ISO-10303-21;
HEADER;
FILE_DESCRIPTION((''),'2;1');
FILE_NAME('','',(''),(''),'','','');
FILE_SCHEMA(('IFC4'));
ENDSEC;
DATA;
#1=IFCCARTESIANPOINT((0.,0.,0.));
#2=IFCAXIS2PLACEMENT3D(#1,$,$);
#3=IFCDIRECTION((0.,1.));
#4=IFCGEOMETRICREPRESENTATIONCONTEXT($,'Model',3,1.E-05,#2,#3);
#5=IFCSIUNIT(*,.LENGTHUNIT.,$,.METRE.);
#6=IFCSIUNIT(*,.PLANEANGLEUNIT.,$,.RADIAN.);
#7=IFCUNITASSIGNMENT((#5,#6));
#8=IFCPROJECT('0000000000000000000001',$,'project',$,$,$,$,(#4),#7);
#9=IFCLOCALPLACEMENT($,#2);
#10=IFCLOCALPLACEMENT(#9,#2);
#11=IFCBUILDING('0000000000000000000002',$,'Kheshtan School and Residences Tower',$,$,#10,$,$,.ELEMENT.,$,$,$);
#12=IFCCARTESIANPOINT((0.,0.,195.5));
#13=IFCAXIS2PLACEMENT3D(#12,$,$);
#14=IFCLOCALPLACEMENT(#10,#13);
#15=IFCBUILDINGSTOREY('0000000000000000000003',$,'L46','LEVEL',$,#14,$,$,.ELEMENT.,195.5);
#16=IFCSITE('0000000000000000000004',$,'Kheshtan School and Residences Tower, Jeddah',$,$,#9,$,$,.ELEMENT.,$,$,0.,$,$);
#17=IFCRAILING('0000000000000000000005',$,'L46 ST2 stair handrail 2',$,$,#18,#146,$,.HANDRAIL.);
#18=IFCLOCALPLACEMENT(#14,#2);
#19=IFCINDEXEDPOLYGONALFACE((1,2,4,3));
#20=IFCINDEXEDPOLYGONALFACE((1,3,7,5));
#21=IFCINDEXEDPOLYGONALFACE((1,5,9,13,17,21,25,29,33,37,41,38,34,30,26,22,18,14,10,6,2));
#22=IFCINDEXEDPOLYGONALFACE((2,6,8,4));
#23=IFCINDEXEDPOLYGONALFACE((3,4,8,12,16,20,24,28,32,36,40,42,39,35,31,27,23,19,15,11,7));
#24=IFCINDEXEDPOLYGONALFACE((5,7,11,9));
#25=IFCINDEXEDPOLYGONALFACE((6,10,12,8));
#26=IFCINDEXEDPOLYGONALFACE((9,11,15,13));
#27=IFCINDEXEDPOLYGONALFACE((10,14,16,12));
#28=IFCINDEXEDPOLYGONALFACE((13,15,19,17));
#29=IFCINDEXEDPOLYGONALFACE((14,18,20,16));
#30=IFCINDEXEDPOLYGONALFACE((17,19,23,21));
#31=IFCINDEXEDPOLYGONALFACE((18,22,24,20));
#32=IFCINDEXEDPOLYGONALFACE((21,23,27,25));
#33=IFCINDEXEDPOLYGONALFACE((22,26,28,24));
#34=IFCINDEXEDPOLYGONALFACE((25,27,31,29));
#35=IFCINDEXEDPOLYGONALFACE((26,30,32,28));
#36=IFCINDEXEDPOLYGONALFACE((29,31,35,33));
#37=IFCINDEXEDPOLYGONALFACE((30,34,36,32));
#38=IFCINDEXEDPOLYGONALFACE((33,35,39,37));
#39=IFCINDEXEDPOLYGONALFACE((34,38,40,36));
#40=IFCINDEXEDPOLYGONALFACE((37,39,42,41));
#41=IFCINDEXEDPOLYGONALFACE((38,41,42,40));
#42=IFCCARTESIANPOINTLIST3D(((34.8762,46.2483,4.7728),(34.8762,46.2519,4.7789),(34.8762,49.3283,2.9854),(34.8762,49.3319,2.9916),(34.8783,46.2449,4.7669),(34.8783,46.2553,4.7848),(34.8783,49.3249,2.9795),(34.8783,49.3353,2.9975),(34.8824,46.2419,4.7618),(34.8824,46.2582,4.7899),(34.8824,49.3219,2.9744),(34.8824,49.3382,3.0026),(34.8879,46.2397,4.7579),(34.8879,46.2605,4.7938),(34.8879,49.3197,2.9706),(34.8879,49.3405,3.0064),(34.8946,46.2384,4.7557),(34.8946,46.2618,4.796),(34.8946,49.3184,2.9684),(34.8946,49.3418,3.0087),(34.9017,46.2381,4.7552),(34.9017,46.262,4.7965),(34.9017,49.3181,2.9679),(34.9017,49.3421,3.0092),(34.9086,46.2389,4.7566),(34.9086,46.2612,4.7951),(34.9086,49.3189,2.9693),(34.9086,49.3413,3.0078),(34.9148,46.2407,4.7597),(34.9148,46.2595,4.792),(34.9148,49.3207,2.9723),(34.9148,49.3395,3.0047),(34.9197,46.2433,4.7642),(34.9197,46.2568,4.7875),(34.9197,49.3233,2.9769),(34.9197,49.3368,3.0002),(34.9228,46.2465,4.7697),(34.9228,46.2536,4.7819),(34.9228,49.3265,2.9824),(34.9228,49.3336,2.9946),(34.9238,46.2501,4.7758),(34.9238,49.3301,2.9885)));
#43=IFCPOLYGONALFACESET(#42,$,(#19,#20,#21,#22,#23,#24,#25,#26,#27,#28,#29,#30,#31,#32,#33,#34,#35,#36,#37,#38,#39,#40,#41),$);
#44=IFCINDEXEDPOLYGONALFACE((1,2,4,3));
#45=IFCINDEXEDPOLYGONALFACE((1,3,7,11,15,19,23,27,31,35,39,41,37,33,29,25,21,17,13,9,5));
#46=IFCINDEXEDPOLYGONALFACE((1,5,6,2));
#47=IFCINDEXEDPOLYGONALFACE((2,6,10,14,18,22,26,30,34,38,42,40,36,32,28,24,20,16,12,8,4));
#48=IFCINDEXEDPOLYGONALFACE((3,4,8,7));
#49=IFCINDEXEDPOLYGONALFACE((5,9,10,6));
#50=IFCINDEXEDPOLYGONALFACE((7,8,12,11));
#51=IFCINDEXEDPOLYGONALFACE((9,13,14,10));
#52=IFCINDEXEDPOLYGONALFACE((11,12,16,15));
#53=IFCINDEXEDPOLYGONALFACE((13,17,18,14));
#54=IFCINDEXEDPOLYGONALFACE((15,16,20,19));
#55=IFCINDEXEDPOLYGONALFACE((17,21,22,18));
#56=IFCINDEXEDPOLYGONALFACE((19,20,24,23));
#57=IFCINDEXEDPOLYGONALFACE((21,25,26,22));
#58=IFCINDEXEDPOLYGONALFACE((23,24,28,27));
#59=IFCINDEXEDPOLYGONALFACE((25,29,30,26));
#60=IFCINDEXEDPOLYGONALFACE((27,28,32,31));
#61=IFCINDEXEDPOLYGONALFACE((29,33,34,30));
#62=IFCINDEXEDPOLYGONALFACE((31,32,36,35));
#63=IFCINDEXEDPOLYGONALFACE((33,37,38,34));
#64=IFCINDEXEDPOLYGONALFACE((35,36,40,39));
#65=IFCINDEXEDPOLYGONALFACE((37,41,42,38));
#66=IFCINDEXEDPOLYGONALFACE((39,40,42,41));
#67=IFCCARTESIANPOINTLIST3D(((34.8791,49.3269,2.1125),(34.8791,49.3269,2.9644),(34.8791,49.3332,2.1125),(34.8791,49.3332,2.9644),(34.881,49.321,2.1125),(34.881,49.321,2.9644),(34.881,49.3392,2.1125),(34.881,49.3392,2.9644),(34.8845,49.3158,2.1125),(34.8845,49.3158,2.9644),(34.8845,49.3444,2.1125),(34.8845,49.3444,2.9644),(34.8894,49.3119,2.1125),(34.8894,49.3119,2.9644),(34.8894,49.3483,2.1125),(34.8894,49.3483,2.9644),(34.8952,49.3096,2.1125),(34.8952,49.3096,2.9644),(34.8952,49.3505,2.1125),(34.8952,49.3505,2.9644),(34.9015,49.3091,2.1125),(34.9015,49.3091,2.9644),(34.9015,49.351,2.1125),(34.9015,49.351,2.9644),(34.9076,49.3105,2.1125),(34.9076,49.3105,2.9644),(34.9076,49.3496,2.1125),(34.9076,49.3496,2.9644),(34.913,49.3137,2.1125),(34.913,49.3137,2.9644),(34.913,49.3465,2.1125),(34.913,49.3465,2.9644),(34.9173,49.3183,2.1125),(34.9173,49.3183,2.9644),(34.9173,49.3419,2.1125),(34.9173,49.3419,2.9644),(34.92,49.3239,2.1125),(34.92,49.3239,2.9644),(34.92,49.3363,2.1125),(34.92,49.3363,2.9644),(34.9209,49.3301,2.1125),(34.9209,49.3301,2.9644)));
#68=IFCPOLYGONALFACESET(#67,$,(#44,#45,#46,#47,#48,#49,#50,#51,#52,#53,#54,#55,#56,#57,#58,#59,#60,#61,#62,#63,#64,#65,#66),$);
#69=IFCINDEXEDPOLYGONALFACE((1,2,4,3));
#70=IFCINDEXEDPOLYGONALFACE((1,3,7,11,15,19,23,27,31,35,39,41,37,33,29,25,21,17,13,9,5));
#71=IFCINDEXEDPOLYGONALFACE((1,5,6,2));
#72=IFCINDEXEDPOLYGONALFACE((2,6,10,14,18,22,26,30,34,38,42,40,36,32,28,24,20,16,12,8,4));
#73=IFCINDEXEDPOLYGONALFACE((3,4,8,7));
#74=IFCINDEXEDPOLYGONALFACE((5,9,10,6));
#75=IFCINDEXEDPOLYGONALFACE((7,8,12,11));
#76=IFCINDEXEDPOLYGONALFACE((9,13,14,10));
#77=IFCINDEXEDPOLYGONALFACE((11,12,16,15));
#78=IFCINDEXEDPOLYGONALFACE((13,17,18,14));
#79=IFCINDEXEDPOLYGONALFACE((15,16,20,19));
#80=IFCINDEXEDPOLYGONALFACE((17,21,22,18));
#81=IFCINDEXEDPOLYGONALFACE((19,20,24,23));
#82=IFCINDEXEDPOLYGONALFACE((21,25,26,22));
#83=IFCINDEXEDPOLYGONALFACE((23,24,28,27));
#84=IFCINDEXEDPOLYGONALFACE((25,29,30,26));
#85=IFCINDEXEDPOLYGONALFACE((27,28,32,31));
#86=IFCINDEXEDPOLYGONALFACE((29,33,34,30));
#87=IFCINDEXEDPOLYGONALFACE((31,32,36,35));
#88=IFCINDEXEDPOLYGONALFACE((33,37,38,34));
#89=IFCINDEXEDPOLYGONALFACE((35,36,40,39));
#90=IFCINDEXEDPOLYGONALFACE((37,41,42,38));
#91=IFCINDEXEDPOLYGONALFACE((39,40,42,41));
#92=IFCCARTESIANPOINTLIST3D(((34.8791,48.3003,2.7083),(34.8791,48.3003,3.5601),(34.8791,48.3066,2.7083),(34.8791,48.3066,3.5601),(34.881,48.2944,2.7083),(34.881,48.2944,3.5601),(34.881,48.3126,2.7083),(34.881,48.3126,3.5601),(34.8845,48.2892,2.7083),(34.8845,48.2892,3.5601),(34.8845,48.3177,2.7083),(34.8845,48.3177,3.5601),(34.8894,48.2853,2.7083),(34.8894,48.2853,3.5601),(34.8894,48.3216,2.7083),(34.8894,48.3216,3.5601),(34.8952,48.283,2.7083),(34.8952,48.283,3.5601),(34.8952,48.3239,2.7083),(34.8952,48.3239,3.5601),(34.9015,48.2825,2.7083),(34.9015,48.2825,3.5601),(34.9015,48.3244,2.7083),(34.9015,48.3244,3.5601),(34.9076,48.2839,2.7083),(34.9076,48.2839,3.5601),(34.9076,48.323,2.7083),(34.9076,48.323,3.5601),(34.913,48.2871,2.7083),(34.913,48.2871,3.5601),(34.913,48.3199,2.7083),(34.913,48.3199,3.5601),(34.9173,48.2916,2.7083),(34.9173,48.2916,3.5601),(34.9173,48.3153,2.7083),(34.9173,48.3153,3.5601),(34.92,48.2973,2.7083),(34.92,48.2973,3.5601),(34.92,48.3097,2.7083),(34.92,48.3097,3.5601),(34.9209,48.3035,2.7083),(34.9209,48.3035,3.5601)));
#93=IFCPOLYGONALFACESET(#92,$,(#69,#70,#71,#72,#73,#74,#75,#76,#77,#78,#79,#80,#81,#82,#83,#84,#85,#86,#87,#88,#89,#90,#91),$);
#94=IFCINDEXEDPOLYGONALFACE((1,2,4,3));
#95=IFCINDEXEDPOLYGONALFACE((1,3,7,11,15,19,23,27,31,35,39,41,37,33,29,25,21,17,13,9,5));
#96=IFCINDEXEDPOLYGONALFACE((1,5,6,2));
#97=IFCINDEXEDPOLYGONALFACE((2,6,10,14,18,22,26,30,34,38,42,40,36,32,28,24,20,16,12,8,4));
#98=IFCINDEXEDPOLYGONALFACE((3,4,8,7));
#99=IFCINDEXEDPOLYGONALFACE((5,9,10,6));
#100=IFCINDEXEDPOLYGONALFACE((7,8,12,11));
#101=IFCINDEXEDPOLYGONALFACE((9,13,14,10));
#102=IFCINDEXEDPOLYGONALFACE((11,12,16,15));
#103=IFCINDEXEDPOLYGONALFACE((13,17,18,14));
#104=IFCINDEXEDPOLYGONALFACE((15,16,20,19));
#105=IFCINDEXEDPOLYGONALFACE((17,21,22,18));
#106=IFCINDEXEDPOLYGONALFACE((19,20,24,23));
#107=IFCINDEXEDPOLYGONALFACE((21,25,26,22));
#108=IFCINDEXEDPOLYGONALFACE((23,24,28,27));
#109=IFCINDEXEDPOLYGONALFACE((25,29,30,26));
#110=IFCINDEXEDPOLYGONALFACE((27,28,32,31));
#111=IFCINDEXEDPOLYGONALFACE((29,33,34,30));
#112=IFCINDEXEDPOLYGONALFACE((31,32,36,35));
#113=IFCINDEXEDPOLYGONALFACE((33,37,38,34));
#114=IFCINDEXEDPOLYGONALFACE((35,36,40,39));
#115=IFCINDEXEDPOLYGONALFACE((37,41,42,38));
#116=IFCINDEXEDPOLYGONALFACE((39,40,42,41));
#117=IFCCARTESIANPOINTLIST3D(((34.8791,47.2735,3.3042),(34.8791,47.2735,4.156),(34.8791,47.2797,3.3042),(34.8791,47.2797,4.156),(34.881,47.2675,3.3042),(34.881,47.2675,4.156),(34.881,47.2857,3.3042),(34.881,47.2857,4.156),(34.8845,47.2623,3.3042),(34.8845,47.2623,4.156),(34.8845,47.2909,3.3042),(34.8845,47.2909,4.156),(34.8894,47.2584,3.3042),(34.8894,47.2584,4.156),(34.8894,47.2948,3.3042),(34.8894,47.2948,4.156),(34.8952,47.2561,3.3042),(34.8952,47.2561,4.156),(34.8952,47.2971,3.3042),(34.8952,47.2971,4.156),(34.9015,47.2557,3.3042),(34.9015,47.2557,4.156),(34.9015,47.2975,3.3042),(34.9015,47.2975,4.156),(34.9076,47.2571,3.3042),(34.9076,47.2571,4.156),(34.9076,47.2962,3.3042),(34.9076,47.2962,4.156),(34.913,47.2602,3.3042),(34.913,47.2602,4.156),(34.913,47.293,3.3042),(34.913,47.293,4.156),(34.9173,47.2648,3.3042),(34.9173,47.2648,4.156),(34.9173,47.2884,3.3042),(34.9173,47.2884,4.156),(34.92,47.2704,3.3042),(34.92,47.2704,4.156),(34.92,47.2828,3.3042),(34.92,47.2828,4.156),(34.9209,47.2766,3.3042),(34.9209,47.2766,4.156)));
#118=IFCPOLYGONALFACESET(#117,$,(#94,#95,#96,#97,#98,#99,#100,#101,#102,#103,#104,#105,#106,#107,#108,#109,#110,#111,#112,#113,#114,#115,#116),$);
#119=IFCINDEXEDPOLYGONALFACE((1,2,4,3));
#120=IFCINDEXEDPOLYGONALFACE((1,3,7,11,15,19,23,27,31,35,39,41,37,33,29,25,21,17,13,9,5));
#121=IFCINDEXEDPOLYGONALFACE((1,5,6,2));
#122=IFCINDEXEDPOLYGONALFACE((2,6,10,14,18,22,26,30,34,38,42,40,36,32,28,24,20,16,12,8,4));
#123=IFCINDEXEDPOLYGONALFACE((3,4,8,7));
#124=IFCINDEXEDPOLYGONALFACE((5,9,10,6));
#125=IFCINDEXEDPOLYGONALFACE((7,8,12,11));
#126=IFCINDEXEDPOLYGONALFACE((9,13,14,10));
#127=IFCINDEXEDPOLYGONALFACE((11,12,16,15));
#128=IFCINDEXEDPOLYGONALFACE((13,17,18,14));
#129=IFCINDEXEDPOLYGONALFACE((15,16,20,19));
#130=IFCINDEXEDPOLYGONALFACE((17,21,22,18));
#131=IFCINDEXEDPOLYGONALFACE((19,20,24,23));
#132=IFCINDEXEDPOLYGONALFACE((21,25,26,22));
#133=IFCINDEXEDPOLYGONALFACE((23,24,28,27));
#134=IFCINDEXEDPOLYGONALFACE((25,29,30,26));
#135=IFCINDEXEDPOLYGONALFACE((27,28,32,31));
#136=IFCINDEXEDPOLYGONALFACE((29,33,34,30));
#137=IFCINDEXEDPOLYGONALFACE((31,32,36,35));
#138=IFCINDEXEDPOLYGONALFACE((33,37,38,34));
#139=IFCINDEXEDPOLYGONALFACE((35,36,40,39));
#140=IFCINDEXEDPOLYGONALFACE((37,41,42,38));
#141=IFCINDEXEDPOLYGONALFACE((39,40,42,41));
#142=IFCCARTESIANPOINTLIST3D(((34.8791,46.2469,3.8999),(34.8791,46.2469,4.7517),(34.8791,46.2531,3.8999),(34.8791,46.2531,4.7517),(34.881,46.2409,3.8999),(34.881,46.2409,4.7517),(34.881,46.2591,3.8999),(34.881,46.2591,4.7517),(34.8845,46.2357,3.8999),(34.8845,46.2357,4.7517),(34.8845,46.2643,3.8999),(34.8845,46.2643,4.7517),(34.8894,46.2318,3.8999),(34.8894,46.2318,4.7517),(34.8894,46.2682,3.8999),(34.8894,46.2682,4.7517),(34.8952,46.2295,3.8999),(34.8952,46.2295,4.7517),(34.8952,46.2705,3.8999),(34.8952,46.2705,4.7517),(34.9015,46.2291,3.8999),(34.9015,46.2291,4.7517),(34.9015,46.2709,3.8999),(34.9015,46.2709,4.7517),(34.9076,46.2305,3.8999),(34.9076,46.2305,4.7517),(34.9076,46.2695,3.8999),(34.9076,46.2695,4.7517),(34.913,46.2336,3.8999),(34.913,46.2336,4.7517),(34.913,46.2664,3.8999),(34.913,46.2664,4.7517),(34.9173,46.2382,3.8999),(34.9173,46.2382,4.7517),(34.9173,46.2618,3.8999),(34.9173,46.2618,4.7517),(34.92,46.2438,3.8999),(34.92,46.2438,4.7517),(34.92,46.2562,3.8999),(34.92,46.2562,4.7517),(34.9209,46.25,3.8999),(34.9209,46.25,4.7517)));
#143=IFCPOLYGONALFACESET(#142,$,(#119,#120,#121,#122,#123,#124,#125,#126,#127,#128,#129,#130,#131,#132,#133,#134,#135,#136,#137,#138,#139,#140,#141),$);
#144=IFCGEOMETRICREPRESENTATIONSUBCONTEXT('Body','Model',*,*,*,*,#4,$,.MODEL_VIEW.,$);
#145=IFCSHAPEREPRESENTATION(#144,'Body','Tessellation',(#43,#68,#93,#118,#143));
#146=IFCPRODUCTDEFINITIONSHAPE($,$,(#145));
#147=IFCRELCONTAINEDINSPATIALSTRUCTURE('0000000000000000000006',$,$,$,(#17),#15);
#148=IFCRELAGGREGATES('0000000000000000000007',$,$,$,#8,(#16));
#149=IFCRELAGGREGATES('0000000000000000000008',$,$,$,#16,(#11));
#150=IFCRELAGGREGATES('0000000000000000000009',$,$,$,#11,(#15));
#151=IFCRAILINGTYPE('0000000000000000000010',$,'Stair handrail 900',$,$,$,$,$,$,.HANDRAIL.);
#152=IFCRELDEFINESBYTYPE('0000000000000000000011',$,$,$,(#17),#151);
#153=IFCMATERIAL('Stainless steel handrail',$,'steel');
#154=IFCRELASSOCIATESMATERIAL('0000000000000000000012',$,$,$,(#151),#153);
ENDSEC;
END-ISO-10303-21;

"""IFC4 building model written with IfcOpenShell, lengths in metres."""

from ifc_helpers import new_model, si_unit, direction, frame, origin, origin_2d, place, context, subcontext, project, spatial, circle, extrude, material, type_object, element, save


model = new_model("IFC4")

# Units and contexts
model_context = context("Model", 3, precision=1e-05, world=origin(), true_north=direction((0.0, 1.0)))
body_context = subcontext(model_context, "Body", "Model", "MODEL_VIEW")
ifc_project = project(units=[si_unit("LENGTHUNIT", "METRE"), si_unit("PLANEANGLEUNIT", "RADIAN")], contexts=[model_context])

# Site, building, storey
site_placement = place(None, origin())
site = spatial("IfcSite", under=ifc_project, at=site_placement, Name="Kheshtan School and Residences Tower, Jeddah", CompositionType="ELEMENT", RefElevation=0.0)
building_placement = place(site_placement, origin())
building = spatial("IfcBuilding", under=site, at=building_placement, Name="Kheshtan School and Residences Tower", CompositionType="ELEMENT")
storey_placement = place(building_placement, frame((0.0, 0.0, 195.5)))
storey = spatial("IfcBuildingStorey", under=building, at=storey_placement, Name="L46", Description="LEVEL", CompositionType="ELEMENT", Elevation=195.5)

# Railing
ifc_material_1 = material(Name="Stainless steel handrail", Category="steel")
railing_type_1 = type_object("IfcRailingType", Name="Stair handrail 900", PredefinedType="HANDRAIL", material=ifc_material_1)
railing_1_placement = place(storey_placement, frame((34.8999, 49.3301, 2.1125)))
element("IfcRailing", 1, at=railing_1_placement, inside=storey, type_object=railing_type_1, Name="L46 ST2 stair handrail 2", PredefinedType="HANDRAIL", context=body_context, shape_type="SweptSolid", body=[
    extrude(circle(Radius=0.0239, at=origin_2d()), frame((0.0, 0.0, 0.876), z_axis=(0.0, -0.86492, 0.501909), x_axis=(1.0, 0.0, 0.0)), (0.0, 0.0, 1.0), 3.561),
    extrude(circle(Radius=0.021, at=origin_2d()), origin(), (0.0, 0.0, 1.0), 0.8518),
    extrude(circle(Radius=0.021, at=origin_2d()), frame((0.0, -1.0266, 0.5957)), (0.0, 0.0, 1.0), 0.8518),
    extrude(circle(Radius=0.021, at=origin_2d()), frame((0.0, -2.0535, 1.1917)), (0.0, 0.0, 1.0), 0.8518),
    extrude(circle(Radius=0.021, at=origin_2d()), frame((0.0, -3.0801, 1.7874)), (0.0, 0.0, 1.0), 0.8518),
])

save(model, "model.ifc")
